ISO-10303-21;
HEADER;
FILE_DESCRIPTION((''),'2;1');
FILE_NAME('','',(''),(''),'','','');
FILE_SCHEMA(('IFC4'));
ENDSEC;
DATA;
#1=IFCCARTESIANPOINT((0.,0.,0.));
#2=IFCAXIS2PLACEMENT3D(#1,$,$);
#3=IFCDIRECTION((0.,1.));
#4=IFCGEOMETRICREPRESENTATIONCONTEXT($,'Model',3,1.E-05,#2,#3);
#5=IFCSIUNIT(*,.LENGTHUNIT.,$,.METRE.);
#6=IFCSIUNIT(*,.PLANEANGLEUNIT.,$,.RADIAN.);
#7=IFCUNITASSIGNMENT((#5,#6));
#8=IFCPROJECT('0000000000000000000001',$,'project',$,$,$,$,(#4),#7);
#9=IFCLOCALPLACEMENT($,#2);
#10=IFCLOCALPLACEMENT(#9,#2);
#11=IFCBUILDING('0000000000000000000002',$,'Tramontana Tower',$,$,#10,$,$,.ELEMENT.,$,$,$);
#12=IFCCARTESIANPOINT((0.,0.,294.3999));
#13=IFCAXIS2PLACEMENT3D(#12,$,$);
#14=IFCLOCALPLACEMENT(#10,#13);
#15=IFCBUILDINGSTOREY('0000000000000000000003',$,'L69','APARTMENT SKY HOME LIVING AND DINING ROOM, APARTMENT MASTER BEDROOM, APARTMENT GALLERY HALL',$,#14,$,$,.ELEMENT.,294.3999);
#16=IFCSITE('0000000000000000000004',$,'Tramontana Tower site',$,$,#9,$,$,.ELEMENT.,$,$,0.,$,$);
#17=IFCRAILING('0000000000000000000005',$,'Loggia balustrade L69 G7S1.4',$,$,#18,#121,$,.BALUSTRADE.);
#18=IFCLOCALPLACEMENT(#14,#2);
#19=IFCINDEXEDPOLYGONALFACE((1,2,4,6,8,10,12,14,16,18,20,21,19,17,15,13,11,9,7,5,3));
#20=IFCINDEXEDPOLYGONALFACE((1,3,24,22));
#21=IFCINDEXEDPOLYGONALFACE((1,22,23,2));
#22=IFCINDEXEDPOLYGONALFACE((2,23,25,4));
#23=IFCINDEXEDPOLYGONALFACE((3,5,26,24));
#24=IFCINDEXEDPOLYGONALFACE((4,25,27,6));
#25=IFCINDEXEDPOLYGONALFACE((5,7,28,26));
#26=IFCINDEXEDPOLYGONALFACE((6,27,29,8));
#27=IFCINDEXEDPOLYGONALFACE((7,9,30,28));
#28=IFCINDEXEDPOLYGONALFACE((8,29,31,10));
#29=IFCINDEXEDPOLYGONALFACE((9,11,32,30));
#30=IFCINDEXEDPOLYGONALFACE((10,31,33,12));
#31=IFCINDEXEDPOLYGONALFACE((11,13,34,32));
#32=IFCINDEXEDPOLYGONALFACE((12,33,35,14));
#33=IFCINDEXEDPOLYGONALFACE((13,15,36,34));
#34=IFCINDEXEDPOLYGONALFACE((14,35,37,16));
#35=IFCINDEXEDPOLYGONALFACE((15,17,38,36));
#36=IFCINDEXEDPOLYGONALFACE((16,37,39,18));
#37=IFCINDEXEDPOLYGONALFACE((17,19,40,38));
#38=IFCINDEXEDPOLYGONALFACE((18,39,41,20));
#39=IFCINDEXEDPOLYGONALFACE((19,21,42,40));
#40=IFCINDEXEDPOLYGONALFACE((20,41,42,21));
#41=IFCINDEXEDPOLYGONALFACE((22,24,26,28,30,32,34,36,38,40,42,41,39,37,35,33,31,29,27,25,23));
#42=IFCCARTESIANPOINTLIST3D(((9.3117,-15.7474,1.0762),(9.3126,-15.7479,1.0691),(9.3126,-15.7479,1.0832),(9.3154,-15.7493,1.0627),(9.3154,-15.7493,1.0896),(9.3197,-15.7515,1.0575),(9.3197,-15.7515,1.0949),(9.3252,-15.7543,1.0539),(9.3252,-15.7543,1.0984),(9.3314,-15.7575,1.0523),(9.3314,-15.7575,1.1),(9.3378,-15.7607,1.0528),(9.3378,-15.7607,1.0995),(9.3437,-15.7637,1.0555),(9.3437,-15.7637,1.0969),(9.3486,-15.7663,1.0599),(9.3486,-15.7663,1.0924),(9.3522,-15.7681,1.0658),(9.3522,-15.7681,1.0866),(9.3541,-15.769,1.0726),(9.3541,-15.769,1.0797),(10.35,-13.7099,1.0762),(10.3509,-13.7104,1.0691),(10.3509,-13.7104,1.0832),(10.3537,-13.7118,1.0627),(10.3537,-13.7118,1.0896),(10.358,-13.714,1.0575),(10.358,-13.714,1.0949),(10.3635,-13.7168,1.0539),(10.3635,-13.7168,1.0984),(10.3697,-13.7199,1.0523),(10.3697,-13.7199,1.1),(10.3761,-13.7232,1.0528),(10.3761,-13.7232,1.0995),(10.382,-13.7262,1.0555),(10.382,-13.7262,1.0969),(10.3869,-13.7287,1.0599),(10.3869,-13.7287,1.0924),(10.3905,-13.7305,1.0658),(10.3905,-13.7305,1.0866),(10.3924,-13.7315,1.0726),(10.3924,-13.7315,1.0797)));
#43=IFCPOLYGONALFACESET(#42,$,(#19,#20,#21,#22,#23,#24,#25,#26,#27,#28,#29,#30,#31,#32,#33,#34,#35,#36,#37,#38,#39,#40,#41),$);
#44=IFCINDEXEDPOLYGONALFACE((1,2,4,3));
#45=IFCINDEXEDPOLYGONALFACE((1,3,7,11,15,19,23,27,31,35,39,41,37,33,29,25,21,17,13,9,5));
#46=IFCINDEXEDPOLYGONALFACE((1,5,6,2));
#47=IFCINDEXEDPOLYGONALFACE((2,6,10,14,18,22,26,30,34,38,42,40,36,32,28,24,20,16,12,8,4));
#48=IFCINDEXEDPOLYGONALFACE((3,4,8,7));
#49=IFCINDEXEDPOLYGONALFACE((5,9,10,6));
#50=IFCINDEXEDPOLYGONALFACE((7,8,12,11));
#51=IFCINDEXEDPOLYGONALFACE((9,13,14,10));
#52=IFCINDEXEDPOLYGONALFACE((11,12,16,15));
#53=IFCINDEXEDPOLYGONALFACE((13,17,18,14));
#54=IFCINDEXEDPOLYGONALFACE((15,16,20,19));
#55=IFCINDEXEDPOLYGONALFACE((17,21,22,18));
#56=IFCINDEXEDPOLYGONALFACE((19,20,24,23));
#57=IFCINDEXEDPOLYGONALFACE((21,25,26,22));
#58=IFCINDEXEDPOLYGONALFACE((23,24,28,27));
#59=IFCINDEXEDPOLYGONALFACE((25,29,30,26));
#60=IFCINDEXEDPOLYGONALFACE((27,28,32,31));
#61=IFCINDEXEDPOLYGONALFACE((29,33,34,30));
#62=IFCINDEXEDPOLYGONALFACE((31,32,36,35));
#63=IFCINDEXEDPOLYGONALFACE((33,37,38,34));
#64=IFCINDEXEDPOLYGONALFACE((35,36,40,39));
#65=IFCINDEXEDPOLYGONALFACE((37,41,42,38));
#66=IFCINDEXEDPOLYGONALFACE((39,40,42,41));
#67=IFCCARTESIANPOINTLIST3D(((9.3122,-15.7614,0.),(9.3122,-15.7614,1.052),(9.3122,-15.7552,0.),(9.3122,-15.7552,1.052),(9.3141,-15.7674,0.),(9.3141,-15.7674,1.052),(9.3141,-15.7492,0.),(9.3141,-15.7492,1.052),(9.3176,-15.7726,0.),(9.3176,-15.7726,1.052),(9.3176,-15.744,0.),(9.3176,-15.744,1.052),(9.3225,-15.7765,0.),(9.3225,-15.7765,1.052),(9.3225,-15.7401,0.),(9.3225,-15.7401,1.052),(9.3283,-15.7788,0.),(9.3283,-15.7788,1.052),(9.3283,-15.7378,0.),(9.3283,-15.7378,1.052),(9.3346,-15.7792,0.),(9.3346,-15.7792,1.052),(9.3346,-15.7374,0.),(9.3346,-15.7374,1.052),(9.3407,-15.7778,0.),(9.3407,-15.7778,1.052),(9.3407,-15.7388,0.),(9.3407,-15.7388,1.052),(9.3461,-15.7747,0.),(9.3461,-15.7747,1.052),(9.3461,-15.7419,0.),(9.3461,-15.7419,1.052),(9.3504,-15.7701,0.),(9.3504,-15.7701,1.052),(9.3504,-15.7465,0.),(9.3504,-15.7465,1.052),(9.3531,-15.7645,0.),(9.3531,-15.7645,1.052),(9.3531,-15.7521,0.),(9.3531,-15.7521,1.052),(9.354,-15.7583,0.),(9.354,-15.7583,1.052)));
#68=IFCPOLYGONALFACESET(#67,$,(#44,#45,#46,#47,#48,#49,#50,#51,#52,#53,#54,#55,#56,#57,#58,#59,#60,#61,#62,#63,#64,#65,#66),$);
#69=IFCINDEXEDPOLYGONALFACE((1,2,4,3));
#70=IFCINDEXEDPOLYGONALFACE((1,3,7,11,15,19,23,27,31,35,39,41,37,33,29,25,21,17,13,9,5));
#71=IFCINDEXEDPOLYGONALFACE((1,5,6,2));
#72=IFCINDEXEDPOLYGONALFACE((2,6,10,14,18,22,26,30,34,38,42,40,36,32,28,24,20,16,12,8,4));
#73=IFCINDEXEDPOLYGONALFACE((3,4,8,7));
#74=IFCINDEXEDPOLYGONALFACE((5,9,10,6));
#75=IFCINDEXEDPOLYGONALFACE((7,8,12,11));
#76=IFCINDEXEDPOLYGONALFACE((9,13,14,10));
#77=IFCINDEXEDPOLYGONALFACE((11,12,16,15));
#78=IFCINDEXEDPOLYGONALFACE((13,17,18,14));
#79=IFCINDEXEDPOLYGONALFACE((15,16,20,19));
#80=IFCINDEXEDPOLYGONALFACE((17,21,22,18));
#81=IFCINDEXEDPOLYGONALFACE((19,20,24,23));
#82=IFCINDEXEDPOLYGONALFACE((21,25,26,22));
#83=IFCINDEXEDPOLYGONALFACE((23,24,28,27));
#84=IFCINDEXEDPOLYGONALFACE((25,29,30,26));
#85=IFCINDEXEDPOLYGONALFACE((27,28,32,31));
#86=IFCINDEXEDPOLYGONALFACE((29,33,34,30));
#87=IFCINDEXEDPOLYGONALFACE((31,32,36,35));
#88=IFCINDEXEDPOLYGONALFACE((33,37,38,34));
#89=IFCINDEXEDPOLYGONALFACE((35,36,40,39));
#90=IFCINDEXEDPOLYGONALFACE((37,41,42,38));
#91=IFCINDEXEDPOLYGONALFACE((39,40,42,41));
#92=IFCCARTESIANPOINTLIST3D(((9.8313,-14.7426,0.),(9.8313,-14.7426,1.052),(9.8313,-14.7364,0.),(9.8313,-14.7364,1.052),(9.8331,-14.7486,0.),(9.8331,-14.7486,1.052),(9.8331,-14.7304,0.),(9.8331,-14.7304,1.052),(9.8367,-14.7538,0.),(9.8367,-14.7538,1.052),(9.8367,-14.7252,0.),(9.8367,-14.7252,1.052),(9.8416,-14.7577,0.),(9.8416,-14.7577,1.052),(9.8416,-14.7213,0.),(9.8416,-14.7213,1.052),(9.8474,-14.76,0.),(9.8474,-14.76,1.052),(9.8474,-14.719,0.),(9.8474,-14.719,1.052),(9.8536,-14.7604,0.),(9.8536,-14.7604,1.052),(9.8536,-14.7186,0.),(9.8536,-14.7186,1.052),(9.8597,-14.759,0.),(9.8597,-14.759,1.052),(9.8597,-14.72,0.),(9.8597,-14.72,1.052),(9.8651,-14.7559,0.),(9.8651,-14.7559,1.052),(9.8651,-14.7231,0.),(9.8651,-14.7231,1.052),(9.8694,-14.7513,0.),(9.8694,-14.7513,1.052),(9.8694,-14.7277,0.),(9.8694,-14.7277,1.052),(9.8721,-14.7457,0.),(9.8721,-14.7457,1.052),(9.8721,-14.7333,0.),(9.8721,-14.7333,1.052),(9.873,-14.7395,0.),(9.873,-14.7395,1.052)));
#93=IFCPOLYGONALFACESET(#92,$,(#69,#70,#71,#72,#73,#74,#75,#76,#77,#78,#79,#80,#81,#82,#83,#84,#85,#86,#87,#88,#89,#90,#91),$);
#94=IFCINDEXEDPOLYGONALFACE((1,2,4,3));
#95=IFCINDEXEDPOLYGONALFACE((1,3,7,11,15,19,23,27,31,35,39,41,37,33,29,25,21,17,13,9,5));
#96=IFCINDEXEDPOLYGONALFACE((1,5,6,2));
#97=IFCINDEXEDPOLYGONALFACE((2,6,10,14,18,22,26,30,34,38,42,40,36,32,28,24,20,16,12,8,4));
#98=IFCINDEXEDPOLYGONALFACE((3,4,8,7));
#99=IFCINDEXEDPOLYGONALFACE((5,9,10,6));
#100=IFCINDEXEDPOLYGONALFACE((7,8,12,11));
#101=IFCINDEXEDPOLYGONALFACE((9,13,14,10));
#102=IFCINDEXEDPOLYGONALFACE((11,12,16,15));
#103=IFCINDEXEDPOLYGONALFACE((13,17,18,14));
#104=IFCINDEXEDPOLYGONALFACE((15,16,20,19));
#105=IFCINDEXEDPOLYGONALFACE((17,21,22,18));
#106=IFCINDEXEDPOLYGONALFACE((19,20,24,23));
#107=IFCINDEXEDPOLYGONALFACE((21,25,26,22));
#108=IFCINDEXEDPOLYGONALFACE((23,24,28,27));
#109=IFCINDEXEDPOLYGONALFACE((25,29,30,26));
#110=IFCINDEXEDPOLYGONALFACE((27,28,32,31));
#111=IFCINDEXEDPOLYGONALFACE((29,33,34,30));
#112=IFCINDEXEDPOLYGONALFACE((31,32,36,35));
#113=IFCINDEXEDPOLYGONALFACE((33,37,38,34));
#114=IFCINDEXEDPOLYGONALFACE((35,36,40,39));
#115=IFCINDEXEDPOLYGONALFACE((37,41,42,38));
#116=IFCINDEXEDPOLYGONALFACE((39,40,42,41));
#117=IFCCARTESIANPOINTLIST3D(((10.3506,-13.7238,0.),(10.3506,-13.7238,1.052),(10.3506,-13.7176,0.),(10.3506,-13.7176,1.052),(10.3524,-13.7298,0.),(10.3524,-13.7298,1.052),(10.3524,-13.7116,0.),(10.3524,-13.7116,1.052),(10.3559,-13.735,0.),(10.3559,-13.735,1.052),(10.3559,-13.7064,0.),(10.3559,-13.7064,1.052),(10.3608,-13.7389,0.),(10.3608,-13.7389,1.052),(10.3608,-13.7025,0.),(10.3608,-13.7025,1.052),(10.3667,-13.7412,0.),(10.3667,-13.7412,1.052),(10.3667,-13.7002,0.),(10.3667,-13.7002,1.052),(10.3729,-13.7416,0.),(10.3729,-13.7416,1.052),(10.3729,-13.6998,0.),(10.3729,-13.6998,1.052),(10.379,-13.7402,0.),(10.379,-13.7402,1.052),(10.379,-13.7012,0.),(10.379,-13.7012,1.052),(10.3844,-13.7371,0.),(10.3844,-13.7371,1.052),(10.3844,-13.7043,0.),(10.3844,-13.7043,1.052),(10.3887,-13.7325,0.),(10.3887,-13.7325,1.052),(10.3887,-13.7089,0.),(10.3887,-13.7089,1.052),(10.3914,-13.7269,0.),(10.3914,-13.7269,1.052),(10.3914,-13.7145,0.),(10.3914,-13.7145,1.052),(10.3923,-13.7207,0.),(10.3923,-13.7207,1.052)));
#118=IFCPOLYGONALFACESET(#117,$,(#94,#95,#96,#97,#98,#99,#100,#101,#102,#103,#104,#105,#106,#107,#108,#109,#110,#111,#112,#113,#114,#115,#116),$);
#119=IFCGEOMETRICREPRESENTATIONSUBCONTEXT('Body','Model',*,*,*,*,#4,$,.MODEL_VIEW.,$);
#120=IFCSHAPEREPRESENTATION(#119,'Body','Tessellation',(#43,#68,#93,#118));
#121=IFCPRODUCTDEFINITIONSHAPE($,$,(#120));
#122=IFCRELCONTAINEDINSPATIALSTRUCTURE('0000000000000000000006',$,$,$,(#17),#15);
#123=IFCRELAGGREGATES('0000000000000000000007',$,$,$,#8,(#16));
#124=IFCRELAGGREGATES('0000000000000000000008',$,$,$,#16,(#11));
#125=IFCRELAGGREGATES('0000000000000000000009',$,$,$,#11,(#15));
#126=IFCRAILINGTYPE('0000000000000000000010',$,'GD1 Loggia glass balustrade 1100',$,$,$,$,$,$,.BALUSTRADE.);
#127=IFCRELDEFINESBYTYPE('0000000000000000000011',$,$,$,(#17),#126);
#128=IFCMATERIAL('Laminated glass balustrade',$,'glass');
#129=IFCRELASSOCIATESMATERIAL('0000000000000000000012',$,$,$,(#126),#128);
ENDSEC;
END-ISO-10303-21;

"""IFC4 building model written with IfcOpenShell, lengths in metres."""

from ifc_helpers import new_model, si_unit, direction, frame, origin, origin_2d, place, context, subcontext, project, spatial, circle, extrude, material, type_object, element, save


model = new_model("IFC4")

# Units and contexts
model_context = context("Model", 3, precision=1e-05, world=origin(), true_north=direction((0.0, 1.0)))
body_context = subcontext(model_context, "Body", "Model", "MODEL_VIEW")
ifc_project = project(units=[si_unit("LENGTHUNIT", "METRE"), si_unit("PLANEANGLEUNIT", "RADIAN")], contexts=[model_context])

# Site, building, storey
site_placement = place(None, origin())
site = spatial("IfcSite", under=ifc_project, at=site_placement, Name="Tramontana Tower site", CompositionType="ELEMENT", RefElevation=0.0)
building_placement = place(site_placement, origin())
building = spatial("IfcBuilding", under=site, at=building_placement, Name="Tramontana Tower", CompositionType="ELEMENT")
storey_placement = place(building_placement, frame((0.0, 0.0, 294.3999)))
storey = spatial("IfcBuildingStorey", under=building, at=storey_placement, Name="L69", Description="APARTMENT SKY HOME LIVING AND DINING ROOM, APARTMENT MASTER BEDROOM, APARTMENT GALLERY HALL", CompositionType="ELEMENT", Elevation=294.3999)

# Railing
ifc_material_1 = material(Name="Laminated glass balustrade", Category="glass")
railing_type = type_object("IfcRailingType", Name="GD1 Loggia glass balustrade 1100", PredefinedType="BALUSTRADE", material=ifc_material_1)
railing_1_placement = place(storey_placement, frame((9.333, -15.7583, 0.0)))
element("IfcRailing", 1, at=railing_1_placement, inside=storey, type_object=railing_type, Name="Loggia balustrade L69 G7S1.4", PredefinedType="BALUSTRADE", context=body_context, shape_type="SweptSolid", body=[
    extrude(circle(Radius=0.0239, at=origin_2d()), frame((0.0, 0.0, 1.0762), z_axis=(0.454033, 0.890985, 0.0), x_axis=(-0.890985, 0.454033, 0.0)), (0.0, 0.0, 1.0), 2.2869),
    extrude(circle(Radius=0.021, at=origin_2d()), origin(), (0.0, 0.0, 1.0), 1.052),
    extrude(circle(Radius=0.021, at=origin_2d()), frame((0.519, 1.0188, 0.0)), (0.0, 0.0, 1.0), 1.052),
    extrude(circle(Radius=0.021, at=origin_2d()), frame((1.0383, 2.0376, 0.0)), (0.0, 0.0, 1.0), 1.052),
])

save(model, "model.ifc")
